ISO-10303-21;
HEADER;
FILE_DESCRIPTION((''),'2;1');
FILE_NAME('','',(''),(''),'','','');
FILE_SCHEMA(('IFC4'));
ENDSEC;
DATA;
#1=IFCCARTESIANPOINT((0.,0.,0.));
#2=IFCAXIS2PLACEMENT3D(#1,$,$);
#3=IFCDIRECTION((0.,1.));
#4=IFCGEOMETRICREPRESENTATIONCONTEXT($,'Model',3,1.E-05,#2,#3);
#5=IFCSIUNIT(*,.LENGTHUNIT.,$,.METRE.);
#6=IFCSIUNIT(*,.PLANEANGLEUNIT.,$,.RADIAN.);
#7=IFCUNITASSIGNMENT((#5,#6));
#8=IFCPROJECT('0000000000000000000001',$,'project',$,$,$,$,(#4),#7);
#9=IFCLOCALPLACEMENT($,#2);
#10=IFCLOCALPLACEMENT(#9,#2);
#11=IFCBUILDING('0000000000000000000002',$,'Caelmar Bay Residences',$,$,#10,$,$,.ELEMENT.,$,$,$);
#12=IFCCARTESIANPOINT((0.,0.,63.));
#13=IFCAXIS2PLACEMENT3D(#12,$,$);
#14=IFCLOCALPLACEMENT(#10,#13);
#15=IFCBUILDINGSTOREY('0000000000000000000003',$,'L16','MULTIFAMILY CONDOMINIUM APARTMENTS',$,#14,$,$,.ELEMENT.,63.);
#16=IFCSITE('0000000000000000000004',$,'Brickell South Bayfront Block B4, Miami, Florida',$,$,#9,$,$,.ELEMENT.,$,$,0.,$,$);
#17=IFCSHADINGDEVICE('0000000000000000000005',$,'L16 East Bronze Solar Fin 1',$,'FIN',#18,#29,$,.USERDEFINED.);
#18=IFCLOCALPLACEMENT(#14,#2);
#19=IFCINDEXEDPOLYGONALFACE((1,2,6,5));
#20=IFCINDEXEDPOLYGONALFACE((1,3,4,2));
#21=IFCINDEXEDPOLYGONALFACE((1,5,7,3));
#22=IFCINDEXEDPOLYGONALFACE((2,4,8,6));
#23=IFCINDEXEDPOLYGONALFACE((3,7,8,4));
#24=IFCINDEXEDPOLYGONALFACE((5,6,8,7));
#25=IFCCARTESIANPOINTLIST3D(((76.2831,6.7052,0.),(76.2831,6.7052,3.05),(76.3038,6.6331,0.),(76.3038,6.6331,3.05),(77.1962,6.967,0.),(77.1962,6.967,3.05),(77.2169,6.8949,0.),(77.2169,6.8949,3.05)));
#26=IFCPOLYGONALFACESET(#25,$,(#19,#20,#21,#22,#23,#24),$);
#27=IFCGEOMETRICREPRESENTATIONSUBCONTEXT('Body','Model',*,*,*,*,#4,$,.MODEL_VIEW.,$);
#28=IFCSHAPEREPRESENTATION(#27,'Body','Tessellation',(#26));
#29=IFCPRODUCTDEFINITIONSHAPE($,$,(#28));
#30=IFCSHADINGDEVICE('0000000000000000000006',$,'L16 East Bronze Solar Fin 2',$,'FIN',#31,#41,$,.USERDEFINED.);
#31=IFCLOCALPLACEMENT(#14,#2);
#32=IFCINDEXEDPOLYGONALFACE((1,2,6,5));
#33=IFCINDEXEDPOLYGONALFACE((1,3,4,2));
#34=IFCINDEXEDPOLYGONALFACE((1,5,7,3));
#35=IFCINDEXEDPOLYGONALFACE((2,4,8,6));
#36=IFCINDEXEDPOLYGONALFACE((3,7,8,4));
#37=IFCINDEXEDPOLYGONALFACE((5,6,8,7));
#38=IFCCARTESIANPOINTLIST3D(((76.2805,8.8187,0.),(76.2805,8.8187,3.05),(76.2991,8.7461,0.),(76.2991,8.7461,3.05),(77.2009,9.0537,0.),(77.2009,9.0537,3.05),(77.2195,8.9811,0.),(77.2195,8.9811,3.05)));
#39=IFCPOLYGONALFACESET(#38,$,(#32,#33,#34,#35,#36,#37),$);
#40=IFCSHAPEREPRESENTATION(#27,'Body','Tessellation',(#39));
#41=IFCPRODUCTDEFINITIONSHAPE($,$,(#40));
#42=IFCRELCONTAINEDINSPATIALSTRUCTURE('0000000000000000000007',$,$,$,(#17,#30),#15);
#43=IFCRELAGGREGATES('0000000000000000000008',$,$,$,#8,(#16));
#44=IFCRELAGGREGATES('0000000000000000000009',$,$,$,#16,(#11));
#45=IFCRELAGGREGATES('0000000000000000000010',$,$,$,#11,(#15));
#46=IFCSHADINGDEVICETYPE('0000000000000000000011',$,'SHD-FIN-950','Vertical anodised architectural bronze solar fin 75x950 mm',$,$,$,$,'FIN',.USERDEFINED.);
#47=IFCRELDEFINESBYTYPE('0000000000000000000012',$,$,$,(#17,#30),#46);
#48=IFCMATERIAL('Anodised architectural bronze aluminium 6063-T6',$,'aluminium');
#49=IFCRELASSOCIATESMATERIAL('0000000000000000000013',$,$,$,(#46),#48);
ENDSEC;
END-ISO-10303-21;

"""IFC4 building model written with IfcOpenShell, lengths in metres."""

from ifc_helpers import new_model, si_unit, direction, frame, origin, origin_2d, place, context, subcontext, project, spatial, rectangle, extrude, material, material_profile, profile_set, type_object, element, save


model = new_model("IFC4")

# Units and contexts
model_context = context("Model", 3, precision=1e-05, world=origin(), true_north=direction((0.0, 1.0)))
body_context = subcontext(model_context, "Body", "Model", "MODEL_VIEW")
ifc_project = project(units=[si_unit("LENGTHUNIT", "METRE"), si_unit("PLANEANGLEUNIT", "RADIAN")], contexts=[model_context])

# Site, building, storey
site_placement = place(None, origin())
site = spatial("IfcSite", under=ifc_project, at=site_placement, Name="Brickell South Bayfront Block B4, Miami, Florida", CompositionType="ELEMENT", RefElevation=0.0)
building_placement = place(site_placement, origin())
building = spatial("IfcBuilding", under=site, at=building_placement, Name="Caelmar Bay Residences", CompositionType="ELEMENT")
storey_placement = place(building_placement, frame((0.0, 0.0, 63.0)))
storey = spatial("IfcBuildingStorey", under=building, at=storey_placement, Name="L16", Description="MULTIFAMILY CONDOMINIUM APARTMENTS", CompositionType="ELEMENT", Elevation=63.0)

# Shading devices
ifc_material_1 = material(Name="Anodised architectural bronze aluminium 6063-T6", Category="aluminium")
ifc_material_profile_1 = material_profile(ifc_material_1, rectangle(XDim=0.075, YDim=0.95, at=origin_2d()), Name="BRONZE-FIN-75X950")
ifc_profile_set_1 = profile_set([ifc_material_profile_1], Name="Anodised architectural bronze aluminium 6063-T6")
shading_device_type = type_object("IfcShadingDeviceType", Name="SHD-FIN-950", Description="Vertical anodised architectural bronze solar fin 75x950 mm", ElementType="FIN", PredefinedType="USERDEFINED", material=ifc_profile_set_1)
for number, where, z_axis, x_axis, name in (
    (1, (76.75, 6.8, 0.0), (0.0, 0.0, 1.0), (-0.275637, 0.961262, 0.0), "L16 East Bronze Solar Fin 1"),
    (2, (76.75, 8.8999, 0.0), (0.0, 0.0, 1.0), (-0.247337, 0.968929, 0.0), "L16 East Bronze Solar Fin 2"),
):
    element("IfcShadingDevice", number, at=place(storey_placement, frame(where, z_axis=z_axis, x_axis=x_axis)), inside=storey, type_object=shading_device_type, Name=name, ObjectType="FIN", PredefinedType="USERDEFINED", context=body_context, shape_type="SweptSolid", body=[
        extrude(rectangle(XDim=0.075, YDim=0.95, at=origin_2d()), origin(), (0.0, 0.0, 1.0), 3.05),
    ])

save(model, "model.ifc")
